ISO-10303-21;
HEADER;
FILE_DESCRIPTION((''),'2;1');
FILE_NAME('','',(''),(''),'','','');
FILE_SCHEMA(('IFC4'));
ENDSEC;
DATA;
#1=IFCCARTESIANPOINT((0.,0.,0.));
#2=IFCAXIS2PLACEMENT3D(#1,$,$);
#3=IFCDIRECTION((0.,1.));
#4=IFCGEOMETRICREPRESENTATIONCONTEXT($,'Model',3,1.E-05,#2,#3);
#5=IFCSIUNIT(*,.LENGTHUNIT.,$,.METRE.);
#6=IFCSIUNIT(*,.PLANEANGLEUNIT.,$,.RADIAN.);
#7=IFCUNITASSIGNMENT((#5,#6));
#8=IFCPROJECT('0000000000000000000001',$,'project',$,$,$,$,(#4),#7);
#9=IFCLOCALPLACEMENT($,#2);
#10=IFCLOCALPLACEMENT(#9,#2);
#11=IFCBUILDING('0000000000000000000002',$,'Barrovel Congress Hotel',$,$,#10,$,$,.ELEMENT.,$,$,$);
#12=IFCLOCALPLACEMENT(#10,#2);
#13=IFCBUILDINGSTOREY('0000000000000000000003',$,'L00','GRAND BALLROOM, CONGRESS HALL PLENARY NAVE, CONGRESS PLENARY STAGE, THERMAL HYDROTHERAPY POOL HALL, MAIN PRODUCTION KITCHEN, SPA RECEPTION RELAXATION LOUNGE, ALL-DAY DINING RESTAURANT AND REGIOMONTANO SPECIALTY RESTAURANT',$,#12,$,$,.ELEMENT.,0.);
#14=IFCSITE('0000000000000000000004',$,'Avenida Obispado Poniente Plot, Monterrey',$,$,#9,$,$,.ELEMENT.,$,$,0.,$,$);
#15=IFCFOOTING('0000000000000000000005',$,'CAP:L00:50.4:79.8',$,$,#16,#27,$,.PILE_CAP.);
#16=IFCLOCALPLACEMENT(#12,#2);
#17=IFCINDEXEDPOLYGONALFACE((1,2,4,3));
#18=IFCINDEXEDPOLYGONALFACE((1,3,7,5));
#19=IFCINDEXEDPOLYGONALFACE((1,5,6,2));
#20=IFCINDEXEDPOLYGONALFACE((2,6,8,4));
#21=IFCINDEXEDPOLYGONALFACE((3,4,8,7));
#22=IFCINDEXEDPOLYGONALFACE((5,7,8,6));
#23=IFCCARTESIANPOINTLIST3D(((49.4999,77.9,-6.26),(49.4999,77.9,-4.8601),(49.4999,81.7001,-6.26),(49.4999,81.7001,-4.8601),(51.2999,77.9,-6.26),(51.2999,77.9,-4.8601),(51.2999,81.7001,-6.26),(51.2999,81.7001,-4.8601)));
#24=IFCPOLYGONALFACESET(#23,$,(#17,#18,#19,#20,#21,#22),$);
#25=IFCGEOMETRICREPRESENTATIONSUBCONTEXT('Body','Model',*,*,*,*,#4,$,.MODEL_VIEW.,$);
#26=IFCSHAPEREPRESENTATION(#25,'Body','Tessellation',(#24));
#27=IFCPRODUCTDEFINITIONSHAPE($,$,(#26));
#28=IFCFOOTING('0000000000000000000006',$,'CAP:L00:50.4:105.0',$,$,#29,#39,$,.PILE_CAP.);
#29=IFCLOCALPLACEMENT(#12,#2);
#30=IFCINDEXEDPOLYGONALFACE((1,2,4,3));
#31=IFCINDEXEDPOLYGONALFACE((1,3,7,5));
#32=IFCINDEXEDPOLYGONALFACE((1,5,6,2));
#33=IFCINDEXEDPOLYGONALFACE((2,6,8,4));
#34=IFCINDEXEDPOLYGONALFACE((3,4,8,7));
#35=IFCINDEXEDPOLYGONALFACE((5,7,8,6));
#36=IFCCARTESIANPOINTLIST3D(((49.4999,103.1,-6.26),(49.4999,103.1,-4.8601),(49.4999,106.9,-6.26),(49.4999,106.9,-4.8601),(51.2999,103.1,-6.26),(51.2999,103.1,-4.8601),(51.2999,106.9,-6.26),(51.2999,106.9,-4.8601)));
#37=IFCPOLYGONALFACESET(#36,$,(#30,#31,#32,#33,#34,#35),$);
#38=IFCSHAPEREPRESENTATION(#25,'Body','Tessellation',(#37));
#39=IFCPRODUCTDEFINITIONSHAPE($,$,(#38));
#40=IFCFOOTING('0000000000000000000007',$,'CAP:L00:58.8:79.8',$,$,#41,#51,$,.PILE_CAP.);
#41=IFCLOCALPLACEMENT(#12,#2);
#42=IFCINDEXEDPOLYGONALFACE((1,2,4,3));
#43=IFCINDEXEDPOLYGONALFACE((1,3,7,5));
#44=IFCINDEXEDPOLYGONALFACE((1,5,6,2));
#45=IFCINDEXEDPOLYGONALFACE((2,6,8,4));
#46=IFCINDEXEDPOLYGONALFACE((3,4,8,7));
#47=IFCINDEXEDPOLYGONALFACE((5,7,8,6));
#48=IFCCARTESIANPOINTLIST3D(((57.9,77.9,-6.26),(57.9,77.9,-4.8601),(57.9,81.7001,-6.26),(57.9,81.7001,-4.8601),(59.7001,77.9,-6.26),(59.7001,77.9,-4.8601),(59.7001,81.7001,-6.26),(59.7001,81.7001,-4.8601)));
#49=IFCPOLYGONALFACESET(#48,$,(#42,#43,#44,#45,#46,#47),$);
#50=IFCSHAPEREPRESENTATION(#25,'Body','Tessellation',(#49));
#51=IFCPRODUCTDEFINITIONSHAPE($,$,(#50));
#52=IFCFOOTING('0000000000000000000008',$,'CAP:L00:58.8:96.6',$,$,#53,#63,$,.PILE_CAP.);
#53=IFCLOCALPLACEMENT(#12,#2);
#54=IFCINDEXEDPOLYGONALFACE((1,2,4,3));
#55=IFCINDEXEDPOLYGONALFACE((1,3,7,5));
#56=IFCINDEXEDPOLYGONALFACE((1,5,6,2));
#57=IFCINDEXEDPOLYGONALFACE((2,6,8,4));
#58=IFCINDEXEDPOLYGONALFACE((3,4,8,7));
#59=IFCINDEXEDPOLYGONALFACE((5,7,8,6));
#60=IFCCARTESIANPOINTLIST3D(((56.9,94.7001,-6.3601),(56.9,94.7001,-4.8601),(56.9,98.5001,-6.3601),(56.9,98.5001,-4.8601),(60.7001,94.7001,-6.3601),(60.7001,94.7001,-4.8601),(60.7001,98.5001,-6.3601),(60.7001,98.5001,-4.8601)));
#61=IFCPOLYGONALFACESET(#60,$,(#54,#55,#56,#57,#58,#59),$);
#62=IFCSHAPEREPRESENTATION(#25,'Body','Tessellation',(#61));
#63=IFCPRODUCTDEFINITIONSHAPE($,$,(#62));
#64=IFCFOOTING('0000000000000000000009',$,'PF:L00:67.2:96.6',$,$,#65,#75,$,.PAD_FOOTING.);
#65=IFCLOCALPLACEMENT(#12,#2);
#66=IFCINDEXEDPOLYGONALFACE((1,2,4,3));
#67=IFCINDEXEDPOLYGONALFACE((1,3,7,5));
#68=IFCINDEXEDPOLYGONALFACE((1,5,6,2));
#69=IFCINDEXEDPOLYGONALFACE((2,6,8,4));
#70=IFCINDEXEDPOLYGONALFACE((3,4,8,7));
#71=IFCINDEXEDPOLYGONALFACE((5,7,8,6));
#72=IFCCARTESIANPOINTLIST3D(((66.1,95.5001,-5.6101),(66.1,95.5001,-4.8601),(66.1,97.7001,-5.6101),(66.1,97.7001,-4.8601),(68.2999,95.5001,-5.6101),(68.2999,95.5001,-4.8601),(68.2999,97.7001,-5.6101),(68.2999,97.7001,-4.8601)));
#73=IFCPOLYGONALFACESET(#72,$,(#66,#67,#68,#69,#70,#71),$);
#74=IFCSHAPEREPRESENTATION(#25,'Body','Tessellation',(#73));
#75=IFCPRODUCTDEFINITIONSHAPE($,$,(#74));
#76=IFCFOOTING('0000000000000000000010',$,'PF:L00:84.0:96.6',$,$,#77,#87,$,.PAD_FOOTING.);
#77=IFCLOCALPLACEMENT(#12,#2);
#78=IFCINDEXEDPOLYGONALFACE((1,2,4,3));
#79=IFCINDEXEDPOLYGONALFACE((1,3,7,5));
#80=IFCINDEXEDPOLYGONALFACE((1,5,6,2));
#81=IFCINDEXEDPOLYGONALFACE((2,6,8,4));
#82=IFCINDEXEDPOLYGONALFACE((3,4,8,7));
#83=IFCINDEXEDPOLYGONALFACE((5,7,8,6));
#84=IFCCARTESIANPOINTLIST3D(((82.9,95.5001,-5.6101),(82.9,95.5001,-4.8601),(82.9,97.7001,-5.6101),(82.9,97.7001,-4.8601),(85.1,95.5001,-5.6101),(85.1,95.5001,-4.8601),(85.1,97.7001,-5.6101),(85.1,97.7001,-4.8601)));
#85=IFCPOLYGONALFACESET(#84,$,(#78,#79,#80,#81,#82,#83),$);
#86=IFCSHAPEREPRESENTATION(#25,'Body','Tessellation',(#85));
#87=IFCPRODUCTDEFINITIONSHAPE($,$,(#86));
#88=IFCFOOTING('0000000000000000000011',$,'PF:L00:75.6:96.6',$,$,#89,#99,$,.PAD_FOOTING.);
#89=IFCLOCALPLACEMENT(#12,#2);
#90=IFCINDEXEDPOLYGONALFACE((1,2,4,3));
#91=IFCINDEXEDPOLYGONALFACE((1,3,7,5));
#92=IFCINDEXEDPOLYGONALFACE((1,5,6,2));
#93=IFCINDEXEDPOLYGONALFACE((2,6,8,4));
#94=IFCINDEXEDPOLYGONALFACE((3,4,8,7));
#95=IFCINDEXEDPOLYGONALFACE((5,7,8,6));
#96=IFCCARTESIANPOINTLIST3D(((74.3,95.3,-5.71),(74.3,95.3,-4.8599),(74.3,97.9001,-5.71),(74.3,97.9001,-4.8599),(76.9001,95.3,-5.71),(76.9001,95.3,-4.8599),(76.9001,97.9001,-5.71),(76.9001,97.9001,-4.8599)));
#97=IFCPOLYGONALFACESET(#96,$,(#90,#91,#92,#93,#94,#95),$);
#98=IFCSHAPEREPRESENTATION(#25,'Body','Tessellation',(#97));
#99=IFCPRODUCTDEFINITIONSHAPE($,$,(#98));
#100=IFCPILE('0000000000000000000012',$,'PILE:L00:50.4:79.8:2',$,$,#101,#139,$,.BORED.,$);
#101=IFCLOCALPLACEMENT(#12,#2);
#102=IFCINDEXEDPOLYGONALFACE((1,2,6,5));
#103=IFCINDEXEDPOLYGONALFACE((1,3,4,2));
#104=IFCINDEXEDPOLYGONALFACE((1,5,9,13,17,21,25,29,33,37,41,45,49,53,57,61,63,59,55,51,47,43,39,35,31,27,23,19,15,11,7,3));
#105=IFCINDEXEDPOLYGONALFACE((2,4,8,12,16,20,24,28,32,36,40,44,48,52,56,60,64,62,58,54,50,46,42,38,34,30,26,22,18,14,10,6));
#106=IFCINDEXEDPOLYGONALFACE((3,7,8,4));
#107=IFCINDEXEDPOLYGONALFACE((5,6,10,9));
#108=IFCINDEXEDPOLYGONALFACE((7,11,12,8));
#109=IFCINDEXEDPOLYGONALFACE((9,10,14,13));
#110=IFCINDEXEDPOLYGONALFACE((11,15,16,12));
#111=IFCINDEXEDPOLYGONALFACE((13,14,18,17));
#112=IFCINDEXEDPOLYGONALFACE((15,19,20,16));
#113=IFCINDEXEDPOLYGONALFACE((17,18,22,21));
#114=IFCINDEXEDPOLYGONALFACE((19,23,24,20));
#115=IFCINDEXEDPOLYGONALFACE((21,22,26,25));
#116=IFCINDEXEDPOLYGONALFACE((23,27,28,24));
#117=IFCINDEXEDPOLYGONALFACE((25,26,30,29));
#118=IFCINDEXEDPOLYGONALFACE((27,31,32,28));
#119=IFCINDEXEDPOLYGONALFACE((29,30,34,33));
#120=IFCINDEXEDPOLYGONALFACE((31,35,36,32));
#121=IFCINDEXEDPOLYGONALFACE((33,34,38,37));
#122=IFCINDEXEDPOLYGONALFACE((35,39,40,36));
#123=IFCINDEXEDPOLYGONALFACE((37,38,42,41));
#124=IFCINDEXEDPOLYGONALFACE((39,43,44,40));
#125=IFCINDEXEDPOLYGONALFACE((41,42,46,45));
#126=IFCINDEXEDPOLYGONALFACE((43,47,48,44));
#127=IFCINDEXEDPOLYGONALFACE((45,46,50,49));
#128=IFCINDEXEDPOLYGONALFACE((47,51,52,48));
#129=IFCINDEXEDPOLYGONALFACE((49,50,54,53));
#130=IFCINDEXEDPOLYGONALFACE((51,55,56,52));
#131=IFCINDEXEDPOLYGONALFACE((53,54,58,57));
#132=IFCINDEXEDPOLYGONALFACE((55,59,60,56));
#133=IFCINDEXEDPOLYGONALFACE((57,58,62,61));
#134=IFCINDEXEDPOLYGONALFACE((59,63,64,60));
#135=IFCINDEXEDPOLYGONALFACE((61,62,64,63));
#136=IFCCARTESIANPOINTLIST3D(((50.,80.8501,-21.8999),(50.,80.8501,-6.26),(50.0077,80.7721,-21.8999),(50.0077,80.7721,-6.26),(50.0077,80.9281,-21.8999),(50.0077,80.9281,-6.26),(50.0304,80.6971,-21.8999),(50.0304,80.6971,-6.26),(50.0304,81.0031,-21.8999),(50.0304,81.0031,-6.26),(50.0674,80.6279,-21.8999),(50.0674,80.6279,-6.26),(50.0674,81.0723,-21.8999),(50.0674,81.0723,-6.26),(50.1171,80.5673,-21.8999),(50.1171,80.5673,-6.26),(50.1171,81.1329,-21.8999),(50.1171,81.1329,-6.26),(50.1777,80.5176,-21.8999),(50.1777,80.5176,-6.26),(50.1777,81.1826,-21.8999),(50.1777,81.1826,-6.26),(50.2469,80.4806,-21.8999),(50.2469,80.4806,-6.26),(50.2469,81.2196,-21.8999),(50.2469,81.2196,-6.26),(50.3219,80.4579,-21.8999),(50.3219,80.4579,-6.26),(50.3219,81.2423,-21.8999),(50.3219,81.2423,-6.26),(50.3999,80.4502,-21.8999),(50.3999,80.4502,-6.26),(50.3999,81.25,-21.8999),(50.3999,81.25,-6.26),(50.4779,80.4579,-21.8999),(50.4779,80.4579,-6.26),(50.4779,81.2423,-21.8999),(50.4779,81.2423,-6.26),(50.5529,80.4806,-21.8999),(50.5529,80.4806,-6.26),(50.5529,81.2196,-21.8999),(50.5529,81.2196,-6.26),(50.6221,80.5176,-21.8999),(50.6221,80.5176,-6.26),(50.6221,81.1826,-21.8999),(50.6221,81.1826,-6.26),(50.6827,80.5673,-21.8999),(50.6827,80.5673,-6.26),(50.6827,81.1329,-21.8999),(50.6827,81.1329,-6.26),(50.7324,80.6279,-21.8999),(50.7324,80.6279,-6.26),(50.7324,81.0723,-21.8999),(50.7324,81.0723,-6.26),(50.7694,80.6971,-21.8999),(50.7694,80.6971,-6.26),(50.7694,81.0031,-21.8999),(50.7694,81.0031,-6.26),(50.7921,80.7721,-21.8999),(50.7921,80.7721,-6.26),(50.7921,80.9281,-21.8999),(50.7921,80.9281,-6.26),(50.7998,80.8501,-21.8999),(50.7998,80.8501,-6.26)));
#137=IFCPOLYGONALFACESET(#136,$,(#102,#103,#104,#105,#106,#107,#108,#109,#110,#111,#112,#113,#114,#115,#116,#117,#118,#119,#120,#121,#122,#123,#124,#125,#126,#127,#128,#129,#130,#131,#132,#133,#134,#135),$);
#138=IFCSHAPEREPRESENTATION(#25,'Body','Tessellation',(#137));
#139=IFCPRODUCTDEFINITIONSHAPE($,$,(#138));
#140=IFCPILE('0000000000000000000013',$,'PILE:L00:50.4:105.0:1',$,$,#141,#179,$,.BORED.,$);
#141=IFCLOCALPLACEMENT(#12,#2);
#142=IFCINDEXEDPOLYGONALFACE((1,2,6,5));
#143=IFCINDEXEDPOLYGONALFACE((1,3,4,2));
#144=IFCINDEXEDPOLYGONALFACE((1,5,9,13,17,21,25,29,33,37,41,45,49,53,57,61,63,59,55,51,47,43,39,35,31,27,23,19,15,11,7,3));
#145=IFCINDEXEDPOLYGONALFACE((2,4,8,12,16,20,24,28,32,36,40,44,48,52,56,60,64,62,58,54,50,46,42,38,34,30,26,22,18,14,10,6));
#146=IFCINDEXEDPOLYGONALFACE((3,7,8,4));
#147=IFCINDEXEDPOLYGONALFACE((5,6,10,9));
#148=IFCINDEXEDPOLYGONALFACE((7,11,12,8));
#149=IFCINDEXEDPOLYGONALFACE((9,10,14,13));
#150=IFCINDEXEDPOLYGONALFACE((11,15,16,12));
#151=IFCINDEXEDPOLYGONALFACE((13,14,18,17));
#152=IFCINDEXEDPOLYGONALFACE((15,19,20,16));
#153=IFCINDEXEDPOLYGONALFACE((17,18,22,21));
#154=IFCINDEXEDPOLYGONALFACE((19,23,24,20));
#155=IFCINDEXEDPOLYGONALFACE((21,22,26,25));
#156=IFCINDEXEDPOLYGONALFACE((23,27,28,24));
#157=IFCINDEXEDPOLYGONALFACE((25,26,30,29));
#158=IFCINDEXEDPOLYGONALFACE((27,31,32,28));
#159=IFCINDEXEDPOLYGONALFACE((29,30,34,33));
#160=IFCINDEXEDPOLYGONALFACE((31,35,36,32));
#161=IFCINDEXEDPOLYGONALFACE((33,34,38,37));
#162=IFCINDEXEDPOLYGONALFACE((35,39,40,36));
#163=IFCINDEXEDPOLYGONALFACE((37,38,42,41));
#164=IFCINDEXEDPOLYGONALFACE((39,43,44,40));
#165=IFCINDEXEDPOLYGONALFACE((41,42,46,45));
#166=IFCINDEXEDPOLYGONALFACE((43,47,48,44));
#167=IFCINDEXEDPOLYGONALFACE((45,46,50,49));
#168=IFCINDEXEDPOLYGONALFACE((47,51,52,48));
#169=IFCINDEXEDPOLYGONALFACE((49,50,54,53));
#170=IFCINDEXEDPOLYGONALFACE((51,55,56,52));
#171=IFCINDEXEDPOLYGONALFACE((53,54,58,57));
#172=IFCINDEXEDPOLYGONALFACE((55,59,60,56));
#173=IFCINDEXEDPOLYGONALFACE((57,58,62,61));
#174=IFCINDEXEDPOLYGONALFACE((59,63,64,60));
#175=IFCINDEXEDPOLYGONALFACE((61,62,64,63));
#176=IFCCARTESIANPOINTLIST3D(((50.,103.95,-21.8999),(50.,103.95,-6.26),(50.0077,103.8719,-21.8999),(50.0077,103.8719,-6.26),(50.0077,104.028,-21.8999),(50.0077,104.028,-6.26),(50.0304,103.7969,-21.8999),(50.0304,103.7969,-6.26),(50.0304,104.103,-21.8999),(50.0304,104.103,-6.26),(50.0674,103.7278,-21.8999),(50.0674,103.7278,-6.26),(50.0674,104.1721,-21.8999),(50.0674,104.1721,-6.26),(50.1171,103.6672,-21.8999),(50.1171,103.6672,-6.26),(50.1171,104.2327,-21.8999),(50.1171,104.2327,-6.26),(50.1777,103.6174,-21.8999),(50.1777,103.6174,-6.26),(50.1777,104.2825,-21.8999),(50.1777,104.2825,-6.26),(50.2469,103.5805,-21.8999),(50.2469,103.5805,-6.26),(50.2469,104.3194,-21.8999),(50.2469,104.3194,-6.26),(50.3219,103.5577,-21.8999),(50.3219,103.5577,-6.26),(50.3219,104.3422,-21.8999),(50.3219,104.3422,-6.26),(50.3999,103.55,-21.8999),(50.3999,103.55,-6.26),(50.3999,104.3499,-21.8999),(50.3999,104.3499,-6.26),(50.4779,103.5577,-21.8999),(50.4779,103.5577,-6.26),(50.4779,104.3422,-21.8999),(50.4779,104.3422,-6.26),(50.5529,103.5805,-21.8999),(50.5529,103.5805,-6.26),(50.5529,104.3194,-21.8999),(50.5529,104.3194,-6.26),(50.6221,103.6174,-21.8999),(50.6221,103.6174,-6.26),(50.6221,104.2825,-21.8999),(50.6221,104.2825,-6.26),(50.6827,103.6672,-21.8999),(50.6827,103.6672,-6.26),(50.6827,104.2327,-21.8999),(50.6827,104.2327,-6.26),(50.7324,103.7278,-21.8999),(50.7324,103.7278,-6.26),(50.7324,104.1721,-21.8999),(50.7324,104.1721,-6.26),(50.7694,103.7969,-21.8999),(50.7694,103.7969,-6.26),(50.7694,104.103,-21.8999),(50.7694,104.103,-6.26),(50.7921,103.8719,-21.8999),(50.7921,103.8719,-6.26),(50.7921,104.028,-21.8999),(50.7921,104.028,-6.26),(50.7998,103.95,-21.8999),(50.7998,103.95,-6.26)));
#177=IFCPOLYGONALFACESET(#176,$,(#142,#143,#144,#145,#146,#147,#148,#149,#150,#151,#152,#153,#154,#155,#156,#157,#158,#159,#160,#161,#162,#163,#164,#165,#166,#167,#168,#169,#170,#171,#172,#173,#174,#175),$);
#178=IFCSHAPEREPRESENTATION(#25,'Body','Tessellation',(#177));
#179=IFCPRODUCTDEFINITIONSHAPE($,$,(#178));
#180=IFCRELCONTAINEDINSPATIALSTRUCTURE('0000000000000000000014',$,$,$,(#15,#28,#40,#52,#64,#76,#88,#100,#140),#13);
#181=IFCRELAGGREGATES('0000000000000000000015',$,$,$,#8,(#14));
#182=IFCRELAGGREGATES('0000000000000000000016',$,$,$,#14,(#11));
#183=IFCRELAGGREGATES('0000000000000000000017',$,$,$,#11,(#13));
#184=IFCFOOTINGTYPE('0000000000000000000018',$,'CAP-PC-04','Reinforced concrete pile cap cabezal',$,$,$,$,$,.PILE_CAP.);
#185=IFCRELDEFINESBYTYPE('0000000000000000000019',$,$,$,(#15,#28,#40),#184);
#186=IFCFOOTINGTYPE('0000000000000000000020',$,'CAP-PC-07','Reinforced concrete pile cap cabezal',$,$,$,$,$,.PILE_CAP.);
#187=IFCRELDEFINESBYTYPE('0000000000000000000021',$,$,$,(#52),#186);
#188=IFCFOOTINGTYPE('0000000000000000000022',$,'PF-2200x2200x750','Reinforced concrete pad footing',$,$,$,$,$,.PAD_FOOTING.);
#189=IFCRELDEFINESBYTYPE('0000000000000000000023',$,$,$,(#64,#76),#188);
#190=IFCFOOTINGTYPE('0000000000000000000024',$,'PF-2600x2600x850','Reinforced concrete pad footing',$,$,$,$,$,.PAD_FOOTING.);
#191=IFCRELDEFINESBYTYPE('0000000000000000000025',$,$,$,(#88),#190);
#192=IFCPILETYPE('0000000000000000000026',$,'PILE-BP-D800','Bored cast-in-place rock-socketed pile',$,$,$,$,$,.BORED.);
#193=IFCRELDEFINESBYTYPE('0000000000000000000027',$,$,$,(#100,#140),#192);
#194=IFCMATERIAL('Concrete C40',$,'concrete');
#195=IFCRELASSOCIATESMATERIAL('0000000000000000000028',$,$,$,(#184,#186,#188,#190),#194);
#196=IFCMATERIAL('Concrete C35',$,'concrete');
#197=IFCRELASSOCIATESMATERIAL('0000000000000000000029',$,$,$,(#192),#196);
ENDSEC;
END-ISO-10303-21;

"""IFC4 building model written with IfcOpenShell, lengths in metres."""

from ifc_helpers import new_model, si_unit, direction, frame, origin, origin_2d, place, context, subcontext, project, spatial, rectangle, circle, extrude, material, material_profile, profile_set, type_object, element, save


model = new_model("IFC4")

# Units and contexts
model_context = context("Model", 3, precision=1e-05, world=origin(), true_north=direction((0.0, 1.0)))
body_context = subcontext(model_context, "Body", "Model", "MODEL_VIEW")
ifc_project = project(units=[si_unit("LENGTHUNIT", "METRE"), si_unit("PLANEANGLEUNIT", "RADIAN")], contexts=[model_context])

# Site, building, storey
site_placement = place(None, origin())
site = spatial("IfcSite", under=ifc_project, at=site_placement, Name="Avenida Obispado Poniente Plot, Monterrey", CompositionType="ELEMENT", RefElevation=0.0)
building_placement = place(site_placement, origin())
building = spatial("IfcBuilding", under=site, at=building_placement, Name="Barrovel Congress Hotel", CompositionType="ELEMENT")
storey_placement = place(building_placement, origin())
storey = spatial("IfcBuildingStorey", under=building, at=storey_placement, Name="L00", Description="GRAND BALLROOM, CONGRESS HALL PLENARY NAVE, CONGRESS PLENARY STAGE, THERMAL HYDROTHERAPY POOL HALL, MAIN PRODUCTION KITCHEN, SPA RECEPTION RELAXATION LOUNGE, ALL-DAY DINING RESTAURANT AND REGIOMONTANO SPECIALTY RESTAURANT", CompositionType="ELEMENT", Elevation=0.0)

# Footings
ifc_material_1 = material(Name="Concrete C40", Category="concrete")
footing_type_1 = type_object("IfcFootingType", Name="CAP-PC-04", Description="Reinforced concrete pile cap cabezal", PredefinedType="PILE_CAP", material=ifc_material_1)
for number, where, z_axis, x_axis, name in (
    (1, (50.3999, 79.8, -6.26), (0.0, 0.0, 1.0), (1.0, 0.0, 0.0), "CAP:L00:50.4:79.8"),
    (2, (50.3999, 105.0, -6.26), (0.0, 0.0, 1.0), (1.0, 0.0, 0.0), "CAP:L00:50.4:105.0"),
    (3, (58.8, 79.8, -6.26), (0.0, 0.0, 1.0), (1.0, 0.0, 0.0), "CAP:L00:58.8:79.8"),
):
    element("IfcFooting", number, at=place(storey_placement, frame(where, z_axis=z_axis, x_axis=x_axis)), inside=storey, type_object=footing_type_1, Name=name, PredefinedType="PILE_CAP", context=body_context, shape_type="SweptSolid", body=[
        extrude(rectangle(XDim=1.8, YDim=3.8, at=origin_2d()), origin(), (0.0, 0.0, 1.0), 1.3999),
    ])
footing_type_2 = type_object("IfcFootingType", Name="CAP-PC-07", Description="Reinforced concrete pile cap cabezal", PredefinedType="PILE_CAP", material=ifc_material_1)
footing_1_placement = place(storey_placement, frame((58.8, 96.6001, -6.3601), z_axis=(0.0, 0.0, 1.0), x_axis=(1.0, 0.0, 0.0)))
element("IfcFooting", 4, at=footing_1_placement, inside=storey, type_object=footing_type_2, Name="CAP:L00:58.8:96.6", PredefinedType="PILE_CAP", context=body_context, shape_type="SweptSolid", body=[
    extrude(rectangle(XDim=3.8, YDim=3.8, at=origin_2d()), origin(), (0.0, 0.0, 1.0), 1.5),
])
footing_type_3 = type_object("IfcFootingType", Name="PF-2200x2200x750", Description="Reinforced concrete pad footing", PredefinedType="PAD_FOOTING", material=ifc_material_1)
for number, where, z_axis, x_axis, name in (
    (5, (67.2, 96.6001, -5.6101), (0.0, 0.0, 1.0), (1.0, 0.0, 0.0), "PF:L00:67.2:96.6"),
    (6, (84.0, 96.6001, -5.6101), (0.0, 0.0, 1.0), (1.0, 0.0, 0.0), "PF:L00:84.0:96.6"),
):
    element("IfcFooting", number, at=place(storey_placement, frame(where, z_axis=z_axis, x_axis=x_axis)), inside=storey, type_object=footing_type_3, Name=name, PredefinedType="PAD_FOOTING", context=body_context, shape_type="SweptSolid", body=[
        extrude(rectangle(XDim=2.2, YDim=2.2, at=origin_2d()), origin(), (0.0, 0.0, 1.0), 0.75),
    ])
footing_type_4 = type_object("IfcFootingType", Name="PF-2600x2600x850", Description="Reinforced concrete pad footing", PredefinedType="PAD_FOOTING", material=ifc_material_1)
footing_2_placement = place(storey_placement, frame((75.6001, 96.6001, -5.71), z_axis=(0.0, 0.0, 1.0), x_axis=(1.0, 0.0, 0.0)))
element("IfcFooting", 7, at=footing_2_placement, inside=storey, type_object=footing_type_4, Name="PF:L00:75.6:96.6", PredefinedType="PAD_FOOTING", context=body_context, shape_type="SweptSolid", body=[
    extrude(rectangle(XDim=2.6001, YDim=2.6001, at=origin_2d()), origin(), (0.0, 0.0, 1.0), 0.8501),
])

# Piles
ifc_material_2 = material(Name="Concrete C35", Category="concrete")
ifc_material_profile_1 = material_profile(ifc_material_2, circle(Radius=0.3999, at=origin_2d()), Name="BP-D800")
ifc_profile_set_1 = profile_set([ifc_material_profile_1], Name="Concrete C35")
pile_type = type_object("IfcPileType", Name="PILE-BP-D800", Description="Bored cast-in-place rock-socketed pile", PredefinedType="BORED", material=ifc_profile_set_1)
for number, where, z_axis, x_axis, name in (
    (8, (50.3999, 80.8501, -6.26), (0.0, 0.0, -1.0), (1.0, 0.0, 0.0), "PILE:L00:50.4:79.8:2"),
    (9, (50.3999, 103.95, -6.26), (0.0, 0.0, -1.0), (1.0, 0.0, 0.0), "PILE:L00:50.4:105.0:1"),
):
    element("IfcPile", number, at=place(storey_placement, frame(where, z_axis=z_axis, x_axis=x_axis)), inside=storey, type_object=pile_type, Name=name, PredefinedType="BORED", context=body_context, shape_type="SweptSolid", body=[
        extrude(circle(Radius=0.3999, at=origin_2d()), origin(), (0.0, 0.0, 1.0), 15.6399),
    ])

save(model, "model.ifc")
